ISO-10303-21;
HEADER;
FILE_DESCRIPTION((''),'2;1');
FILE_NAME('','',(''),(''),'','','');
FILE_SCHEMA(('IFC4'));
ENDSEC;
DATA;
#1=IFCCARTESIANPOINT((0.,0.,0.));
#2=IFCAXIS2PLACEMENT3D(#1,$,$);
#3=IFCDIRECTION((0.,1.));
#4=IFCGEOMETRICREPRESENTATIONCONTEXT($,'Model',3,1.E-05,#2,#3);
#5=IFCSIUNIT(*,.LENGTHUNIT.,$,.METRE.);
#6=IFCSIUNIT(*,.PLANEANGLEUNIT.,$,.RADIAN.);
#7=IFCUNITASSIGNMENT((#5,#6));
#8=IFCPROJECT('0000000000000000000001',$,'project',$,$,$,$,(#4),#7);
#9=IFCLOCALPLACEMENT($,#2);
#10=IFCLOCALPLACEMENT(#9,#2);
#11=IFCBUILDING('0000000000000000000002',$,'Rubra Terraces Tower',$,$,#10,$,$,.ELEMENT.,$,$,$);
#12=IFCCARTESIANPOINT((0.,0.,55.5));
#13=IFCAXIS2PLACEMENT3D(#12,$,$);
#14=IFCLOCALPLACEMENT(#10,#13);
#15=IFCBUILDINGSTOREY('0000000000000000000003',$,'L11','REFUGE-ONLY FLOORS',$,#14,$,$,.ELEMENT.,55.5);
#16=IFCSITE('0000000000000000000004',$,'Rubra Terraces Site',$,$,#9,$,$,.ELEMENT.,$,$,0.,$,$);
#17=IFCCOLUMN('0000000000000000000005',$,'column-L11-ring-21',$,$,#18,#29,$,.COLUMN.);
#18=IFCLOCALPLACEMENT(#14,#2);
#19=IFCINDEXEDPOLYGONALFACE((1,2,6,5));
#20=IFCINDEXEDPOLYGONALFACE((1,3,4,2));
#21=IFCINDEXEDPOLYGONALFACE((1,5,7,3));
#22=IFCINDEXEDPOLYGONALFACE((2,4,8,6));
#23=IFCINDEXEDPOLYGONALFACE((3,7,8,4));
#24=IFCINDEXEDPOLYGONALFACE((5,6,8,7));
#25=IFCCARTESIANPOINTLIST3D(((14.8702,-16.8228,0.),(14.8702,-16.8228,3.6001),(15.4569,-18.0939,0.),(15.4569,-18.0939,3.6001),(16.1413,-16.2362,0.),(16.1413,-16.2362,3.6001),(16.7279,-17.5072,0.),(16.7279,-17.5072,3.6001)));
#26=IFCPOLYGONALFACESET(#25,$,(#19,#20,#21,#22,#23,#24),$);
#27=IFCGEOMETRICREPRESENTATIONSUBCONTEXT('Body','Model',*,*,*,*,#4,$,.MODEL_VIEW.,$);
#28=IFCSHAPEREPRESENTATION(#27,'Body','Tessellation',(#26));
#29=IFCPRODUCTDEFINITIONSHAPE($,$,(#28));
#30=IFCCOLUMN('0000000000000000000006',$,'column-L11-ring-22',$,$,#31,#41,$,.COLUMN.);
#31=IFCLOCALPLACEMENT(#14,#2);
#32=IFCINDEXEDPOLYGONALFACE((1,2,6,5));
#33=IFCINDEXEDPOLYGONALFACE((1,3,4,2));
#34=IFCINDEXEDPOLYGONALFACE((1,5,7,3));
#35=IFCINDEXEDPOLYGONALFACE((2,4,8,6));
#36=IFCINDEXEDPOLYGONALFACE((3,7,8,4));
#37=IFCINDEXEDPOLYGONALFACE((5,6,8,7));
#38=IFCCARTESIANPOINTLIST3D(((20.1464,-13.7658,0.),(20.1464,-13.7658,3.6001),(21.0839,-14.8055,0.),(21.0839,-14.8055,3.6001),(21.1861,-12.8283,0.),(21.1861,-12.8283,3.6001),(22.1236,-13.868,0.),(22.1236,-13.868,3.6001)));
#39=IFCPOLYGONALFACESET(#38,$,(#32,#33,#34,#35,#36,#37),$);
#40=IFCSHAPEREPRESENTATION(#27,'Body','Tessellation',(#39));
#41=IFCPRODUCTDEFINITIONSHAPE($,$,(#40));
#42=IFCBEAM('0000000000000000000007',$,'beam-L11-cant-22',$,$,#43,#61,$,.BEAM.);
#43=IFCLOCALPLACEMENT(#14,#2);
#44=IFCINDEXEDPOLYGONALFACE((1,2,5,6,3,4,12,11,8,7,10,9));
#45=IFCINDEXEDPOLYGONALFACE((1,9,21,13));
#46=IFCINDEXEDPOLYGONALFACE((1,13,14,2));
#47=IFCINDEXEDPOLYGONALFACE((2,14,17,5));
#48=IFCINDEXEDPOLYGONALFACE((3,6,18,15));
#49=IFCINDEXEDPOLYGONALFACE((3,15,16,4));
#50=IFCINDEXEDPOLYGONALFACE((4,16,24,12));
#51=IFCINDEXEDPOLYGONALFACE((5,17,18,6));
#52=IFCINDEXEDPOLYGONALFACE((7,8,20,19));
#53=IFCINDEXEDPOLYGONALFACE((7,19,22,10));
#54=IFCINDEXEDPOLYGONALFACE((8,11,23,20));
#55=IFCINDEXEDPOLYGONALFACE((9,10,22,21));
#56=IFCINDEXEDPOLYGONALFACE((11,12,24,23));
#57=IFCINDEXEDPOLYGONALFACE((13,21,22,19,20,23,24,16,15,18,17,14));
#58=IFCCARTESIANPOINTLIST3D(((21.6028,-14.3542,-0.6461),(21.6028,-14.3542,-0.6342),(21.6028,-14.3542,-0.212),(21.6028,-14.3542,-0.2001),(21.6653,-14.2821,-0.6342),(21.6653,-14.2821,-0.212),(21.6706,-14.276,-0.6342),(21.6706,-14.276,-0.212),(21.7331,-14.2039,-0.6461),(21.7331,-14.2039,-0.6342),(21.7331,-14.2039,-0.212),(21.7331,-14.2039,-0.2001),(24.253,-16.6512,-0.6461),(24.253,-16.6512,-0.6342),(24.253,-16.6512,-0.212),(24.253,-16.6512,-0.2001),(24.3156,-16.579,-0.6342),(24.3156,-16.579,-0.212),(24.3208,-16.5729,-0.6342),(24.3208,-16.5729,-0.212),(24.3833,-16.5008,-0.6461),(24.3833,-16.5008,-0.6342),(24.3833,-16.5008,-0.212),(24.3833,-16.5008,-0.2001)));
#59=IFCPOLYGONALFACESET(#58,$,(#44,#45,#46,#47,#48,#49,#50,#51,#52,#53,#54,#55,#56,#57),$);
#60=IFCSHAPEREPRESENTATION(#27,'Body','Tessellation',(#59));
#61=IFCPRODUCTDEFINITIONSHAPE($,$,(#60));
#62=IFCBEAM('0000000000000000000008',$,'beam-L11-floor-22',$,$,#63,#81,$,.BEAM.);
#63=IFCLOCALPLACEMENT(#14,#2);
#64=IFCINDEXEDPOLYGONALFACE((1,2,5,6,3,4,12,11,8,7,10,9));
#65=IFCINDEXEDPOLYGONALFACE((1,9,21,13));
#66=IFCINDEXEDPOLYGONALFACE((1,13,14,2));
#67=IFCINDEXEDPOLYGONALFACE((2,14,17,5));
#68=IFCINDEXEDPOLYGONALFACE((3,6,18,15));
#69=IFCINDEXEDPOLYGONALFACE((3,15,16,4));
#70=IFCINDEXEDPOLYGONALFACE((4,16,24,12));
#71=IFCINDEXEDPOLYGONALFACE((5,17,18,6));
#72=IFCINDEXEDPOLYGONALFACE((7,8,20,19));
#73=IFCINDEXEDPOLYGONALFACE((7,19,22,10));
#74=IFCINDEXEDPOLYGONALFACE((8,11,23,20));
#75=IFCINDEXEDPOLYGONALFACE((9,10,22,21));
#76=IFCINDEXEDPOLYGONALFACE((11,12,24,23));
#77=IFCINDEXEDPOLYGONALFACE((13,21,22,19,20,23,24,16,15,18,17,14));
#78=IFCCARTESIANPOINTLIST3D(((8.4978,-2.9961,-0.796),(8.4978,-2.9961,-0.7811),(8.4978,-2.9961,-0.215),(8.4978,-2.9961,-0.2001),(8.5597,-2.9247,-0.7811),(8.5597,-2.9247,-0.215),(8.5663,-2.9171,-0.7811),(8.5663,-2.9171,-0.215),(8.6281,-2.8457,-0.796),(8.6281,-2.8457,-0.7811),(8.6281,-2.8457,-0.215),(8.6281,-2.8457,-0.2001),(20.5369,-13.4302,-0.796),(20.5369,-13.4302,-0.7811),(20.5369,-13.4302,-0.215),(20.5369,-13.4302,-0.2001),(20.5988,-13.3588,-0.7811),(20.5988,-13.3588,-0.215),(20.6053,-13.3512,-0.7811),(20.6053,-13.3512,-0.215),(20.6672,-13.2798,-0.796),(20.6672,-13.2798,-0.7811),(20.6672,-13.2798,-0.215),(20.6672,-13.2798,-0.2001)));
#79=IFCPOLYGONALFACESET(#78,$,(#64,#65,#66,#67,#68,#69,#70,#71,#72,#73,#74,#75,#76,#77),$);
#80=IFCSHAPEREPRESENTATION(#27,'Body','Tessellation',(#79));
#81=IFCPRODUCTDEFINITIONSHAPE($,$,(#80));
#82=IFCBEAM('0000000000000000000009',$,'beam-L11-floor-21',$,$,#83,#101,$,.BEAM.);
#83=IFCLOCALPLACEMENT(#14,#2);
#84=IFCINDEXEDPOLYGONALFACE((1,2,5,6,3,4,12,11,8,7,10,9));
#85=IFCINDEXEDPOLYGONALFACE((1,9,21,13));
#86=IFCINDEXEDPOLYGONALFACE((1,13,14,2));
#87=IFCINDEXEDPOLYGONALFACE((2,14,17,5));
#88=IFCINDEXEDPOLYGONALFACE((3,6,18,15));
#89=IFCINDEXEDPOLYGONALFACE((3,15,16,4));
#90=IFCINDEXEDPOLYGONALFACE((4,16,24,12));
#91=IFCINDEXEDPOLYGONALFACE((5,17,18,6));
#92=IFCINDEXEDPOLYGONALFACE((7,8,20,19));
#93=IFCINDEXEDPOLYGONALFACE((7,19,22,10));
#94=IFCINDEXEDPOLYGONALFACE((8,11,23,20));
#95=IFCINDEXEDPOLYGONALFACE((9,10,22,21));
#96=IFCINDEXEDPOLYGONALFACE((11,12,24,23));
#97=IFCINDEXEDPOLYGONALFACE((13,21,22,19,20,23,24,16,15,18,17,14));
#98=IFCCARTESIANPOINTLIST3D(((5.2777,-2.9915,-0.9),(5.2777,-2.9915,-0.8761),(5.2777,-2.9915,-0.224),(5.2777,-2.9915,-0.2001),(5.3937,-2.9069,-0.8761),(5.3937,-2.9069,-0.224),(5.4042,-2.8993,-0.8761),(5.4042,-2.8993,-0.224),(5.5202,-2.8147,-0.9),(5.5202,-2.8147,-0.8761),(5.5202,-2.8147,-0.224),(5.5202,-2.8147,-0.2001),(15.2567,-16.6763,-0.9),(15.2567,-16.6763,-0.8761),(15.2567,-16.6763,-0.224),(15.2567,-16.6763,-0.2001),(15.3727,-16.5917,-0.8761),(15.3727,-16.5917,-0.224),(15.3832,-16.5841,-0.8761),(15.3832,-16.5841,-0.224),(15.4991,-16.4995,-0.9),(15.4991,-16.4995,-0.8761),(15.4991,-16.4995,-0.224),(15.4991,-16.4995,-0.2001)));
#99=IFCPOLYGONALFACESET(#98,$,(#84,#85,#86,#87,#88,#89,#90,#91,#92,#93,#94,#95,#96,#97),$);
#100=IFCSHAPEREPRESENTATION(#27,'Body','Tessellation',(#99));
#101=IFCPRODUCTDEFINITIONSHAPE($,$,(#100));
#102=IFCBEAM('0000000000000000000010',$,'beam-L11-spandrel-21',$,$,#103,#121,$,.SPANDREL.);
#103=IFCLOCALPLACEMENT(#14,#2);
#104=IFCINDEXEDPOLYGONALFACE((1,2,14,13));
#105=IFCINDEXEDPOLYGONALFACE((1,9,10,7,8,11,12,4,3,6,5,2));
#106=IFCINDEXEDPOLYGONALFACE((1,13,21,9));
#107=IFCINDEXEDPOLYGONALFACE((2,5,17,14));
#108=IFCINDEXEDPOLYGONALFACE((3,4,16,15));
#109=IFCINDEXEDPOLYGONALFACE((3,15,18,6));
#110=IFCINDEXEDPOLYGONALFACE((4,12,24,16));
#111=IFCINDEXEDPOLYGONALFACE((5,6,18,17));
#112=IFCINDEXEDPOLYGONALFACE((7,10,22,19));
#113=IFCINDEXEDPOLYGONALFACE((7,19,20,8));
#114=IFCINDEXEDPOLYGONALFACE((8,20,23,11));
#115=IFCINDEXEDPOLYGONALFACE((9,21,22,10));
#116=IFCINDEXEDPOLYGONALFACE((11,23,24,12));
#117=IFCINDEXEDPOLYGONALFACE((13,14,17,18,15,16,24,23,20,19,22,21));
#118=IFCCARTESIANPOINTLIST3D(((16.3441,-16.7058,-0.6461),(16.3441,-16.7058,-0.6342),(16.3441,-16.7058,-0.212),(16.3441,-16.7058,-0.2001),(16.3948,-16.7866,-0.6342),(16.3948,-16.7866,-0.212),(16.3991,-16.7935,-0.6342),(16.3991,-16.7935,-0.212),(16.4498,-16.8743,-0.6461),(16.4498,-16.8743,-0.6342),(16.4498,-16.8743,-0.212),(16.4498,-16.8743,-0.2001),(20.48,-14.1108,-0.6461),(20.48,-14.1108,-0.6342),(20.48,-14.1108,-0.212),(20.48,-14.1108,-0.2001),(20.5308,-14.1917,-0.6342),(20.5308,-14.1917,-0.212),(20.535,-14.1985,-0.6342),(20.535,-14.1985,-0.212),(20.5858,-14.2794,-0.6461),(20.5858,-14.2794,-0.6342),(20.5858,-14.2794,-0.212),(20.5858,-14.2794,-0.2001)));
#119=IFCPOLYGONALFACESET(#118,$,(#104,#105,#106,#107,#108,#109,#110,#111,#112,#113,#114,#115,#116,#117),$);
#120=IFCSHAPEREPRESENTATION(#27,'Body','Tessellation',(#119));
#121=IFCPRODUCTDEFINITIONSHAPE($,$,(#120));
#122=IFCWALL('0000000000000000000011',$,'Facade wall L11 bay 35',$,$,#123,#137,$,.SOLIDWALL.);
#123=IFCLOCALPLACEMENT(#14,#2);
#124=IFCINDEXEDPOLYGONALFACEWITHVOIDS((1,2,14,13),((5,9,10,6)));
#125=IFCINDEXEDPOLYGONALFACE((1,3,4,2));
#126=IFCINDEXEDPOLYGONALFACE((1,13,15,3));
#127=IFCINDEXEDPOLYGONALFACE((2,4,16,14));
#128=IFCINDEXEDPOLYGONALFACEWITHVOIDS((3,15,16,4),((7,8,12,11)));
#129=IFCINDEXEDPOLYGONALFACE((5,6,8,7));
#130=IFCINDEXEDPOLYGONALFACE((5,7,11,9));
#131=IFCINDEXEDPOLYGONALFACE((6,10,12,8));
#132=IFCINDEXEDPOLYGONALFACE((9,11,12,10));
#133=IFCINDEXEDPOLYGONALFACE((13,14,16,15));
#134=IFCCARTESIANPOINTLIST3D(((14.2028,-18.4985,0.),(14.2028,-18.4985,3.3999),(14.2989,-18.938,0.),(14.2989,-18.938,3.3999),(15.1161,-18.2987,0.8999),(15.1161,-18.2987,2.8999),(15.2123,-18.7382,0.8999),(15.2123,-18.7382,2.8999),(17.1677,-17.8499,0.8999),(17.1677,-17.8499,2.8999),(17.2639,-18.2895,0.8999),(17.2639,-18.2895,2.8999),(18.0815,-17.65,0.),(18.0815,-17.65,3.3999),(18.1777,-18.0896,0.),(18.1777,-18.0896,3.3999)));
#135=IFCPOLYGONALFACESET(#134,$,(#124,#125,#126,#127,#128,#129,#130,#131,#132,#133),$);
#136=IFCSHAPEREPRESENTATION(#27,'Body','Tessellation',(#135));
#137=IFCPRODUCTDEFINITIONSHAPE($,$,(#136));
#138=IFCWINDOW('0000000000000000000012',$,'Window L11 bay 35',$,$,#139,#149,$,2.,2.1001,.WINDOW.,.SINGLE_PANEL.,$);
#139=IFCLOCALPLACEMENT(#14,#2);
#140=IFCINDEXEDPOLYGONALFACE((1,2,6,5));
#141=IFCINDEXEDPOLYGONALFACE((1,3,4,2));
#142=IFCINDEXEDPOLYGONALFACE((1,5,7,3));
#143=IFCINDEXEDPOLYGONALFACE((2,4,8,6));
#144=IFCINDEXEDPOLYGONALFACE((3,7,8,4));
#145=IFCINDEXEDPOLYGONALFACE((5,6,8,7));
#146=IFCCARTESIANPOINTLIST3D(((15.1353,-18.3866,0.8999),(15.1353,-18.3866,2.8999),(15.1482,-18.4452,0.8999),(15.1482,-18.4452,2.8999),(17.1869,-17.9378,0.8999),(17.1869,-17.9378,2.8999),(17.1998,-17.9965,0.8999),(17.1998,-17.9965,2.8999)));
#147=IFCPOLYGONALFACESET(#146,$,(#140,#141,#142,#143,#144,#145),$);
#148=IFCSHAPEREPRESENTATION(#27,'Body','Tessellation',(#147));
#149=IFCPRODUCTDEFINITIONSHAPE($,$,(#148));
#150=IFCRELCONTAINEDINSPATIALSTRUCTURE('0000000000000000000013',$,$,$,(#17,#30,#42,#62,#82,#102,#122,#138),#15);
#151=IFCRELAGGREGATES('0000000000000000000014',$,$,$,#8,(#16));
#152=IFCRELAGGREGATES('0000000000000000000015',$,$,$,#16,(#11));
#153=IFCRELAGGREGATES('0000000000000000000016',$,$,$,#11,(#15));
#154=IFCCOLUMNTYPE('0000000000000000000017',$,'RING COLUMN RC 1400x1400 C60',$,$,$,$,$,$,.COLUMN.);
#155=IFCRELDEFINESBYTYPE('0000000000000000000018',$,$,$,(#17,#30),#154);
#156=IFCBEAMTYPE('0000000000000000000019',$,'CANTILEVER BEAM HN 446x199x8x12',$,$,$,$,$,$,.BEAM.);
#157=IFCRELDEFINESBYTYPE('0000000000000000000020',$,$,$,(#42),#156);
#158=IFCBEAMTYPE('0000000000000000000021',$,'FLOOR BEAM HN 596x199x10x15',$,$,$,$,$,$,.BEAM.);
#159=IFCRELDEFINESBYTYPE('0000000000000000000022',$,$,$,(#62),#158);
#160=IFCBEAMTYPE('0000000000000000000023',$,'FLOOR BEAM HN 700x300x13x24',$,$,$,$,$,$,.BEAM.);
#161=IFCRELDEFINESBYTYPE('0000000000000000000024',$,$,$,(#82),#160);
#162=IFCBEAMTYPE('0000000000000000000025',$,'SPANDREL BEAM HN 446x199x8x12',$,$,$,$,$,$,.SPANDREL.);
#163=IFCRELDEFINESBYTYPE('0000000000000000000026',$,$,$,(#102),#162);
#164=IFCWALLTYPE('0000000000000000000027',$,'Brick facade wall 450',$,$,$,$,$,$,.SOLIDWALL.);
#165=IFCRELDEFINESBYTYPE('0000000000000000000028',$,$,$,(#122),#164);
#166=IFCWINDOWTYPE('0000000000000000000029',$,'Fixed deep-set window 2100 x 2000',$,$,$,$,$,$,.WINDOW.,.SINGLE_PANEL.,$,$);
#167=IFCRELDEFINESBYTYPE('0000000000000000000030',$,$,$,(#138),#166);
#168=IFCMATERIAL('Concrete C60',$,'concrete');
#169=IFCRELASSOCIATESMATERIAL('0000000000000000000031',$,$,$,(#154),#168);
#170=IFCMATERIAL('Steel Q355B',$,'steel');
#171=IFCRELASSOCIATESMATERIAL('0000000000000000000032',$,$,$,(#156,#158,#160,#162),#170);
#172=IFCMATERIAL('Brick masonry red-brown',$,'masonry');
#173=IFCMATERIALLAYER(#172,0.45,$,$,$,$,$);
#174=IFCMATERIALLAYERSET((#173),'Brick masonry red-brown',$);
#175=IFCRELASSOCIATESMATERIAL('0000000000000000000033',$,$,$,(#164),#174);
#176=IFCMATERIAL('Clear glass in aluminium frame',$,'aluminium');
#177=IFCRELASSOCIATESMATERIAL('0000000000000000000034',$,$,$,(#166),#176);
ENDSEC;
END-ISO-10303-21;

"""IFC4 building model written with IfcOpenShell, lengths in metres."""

from ifc_helpers import new_model, si_unit, direction, frame, frame_2d, origin, origin_2d, place, context, subcontext, project, spatial, rectangle, i_section, extrude, material, layer, layer_set, material_profile, profile_set, type_object, element, fill, save


model = new_model("IFC4")

# Units and contexts
model_context = context("Model", 3, precision=1e-05, world=origin(), true_north=direction((0.0, 1.0)))
body_context = subcontext(model_context, "Body", "Model", "MODEL_VIEW")
ifc_project = project(units=[si_unit("LENGTHUNIT", "METRE"), si_unit("PLANEANGLEUNIT", "RADIAN")], contexts=[model_context])

# Site, building, storey
site_placement = place(None, origin())
site = spatial("IfcSite", under=ifc_project, at=site_placement, Name="Rubra Terraces Site", CompositionType="ELEMENT", RefElevation=0.0)
building_placement = place(site_placement, origin())
building = spatial("IfcBuilding", under=site, at=building_placement, Name="Rubra Terraces Tower", CompositionType="ELEMENT")
storey_placement = place(building_placement, frame((0.0, 0.0, 55.5)))
storey = spatial("IfcBuildingStorey", under=building, at=storey_placement, Name="L11", Description="REFUGE-ONLY FLOORS", CompositionType="ELEMENT", Elevation=55.5)

# Columns
ifc_material_1 = material(Name="Concrete C60", Category="concrete")
ifc_material_profile_1 = material_profile(ifc_material_1, rectangle(XDim=1.3999, YDim=1.3999, at=origin_2d()), Name="RC 1400x1400")
ifc_profile_set_1 = profile_set([ifc_material_profile_1], Name="Concrete C60")
column_type = type_object("IfcColumnType", Name="RING COLUMN RC 1400x1400 C60", PredefinedType="COLUMN", material=ifc_profile_set_1)
for number, where, z_axis, x_axis, name in (
    (1, (15.7991, -17.165, 0.0), (0.0, 0.0, 1.0), (0.907952, 0.419073, 0.0), "column-L11-ring-21"),
    (2, (21.135, -13.8169, 0.0), (0.0, 0.0, 1.0), (0.742676, 0.669651, 0.0), "column-L11-ring-22"),
):
    element("IfcColumn", number, at=place(storey_placement, frame(where, z_axis=z_axis, x_axis=x_axis)), inside=storey, type_object=column_type, Name=name, PredefinedType="COLUMN", context=body_context, shape_type="SweptSolid", body=[
        extrude(rectangle(XDim=1.3999, YDim=1.3999, at=origin_2d()), origin(), (0.0, 0.0, 1.0), 3.6001),
    ])

# Beams
ifc_material_2 = material(Name="Steel Q355B", Category="steel")
ifc_material_profile_2 = material_profile(ifc_material_2, i_section(OverallWidth=0.199, OverallDepth=0.446, WebThickness=0.0081, FlangeThickness=0.012, at=origin_2d()), Name="HN 446x199x8x12")
ifc_profile_set_2 = profile_set([ifc_material_profile_2], Name="Steel Q355B")
beam_type_1 = type_object("IfcBeamType", Name="CANTILEVER BEAM HN 446x199x8x12", PredefinedType="BEAM", material=ifc_profile_set_2)
beam_1_placement = place(storey_placement, frame((21.668, -14.2791, -0.4231), z_axis=(0.755678, -0.654944, 0.0), x_axis=(0.654944, 0.755678, 0.0)))
element("IfcBeam", 3, at=beam_1_placement, inside=storey, type_object=beam_type_1, Name="beam-L11-cant-22", PredefinedType="BEAM", context=body_context, shape_type="SweptSolid", body=[
    extrude(i_section(OverallWidth=0.199, OverallDepth=0.446, WebThickness=0.0081, FlangeThickness=0.012, at=origin_2d()), origin(), (0.0, 0.0, 1.0), 3.5071),
])
ifc_material_profile_3 = material_profile(ifc_material_2, i_section(OverallWidth=0.199, OverallDepth=0.5959, WebThickness=0.01, FlangeThickness=0.0149, at=origin_2d()), Name="HN 596x199x10x15")
ifc_profile_set_3 = profile_set([ifc_material_profile_3], Name="Steel Q355B")
beam_type_2 = type_object("IfcBeamType", Name="FLOOR BEAM HN 596x199x10x15", PredefinedType="BEAM", material=ifc_profile_set_3)
beam_2_placement = place(storey_placement, frame((20.6021, -13.355, -0.498), z_axis=(-0.755682, 0.654939, 0.0), x_axis=(-0.654939, -0.755682, 0.0)))
element("IfcBeam", 4, at=beam_2_placement, inside=storey, type_object=beam_type_2, Name="beam-L11-floor-22", PredefinedType="BEAM", context=body_context, shape_type="SweptSolid", body=[
    extrude(i_section(OverallWidth=0.199, OverallDepth=0.5959, WebThickness=0.01, FlangeThickness=0.0149, at=origin_2d()), origin(), (0.0, 0.0, 1.0), 15.9314),
])
ifc_material_profile_4 = material_profile(ifc_material_2, i_section(OverallWidth=0.3, OverallDepth=0.7, WebThickness=0.0129, FlangeThickness=0.0239, at=origin_2d()), Name="HN 700x300x13x24")
ifc_profile_set_4 = profile_set([ifc_material_profile_4], Name="Steel Q355B")
beam_type_3 = type_object("IfcBeamType", Name="FLOOR BEAM HN 700x300x13x24", PredefinedType="BEAM", material=ifc_profile_set_4)
beam_3_placement = place(storey_placement, frame((15.3779, -16.5879, -0.55), z_axis=(-0.589191, 0.807994, 0.0), x_axis=(-0.807994, -0.589191, 0.0)))
element("IfcBeam", 5, at=beam_3_placement, inside=storey, type_object=beam_type_3, Name="beam-L11-floor-21", PredefinedType="BEAM", context=body_context, shape_type="SweptSolid", body=[
    extrude(i_section(OverallWidth=0.3, OverallDepth=0.7, WebThickness=0.0129, FlangeThickness=0.0239, at=origin_2d()), origin(), (0.0, 0.0, 1.0), 16.9368),
])
ifc_material_profile_5 = material_profile(ifc_material_2, i_section(OverallWidth=0.199, OverallDepth=0.446, WebThickness=0.0081, FlangeThickness=0.012, at=origin_2d()), Name="HN 446x199x8x12")
ifc_profile_set_5 = profile_set([ifc_material_profile_5], Name="Steel Q355B")
beam_type_4 = type_object("IfcBeamType", Name="SPANDREL BEAM HN 446x199x8x12", PredefinedType="SPANDREL", material=ifc_profile_set_5)
beam_4_placement = place(storey_placement, frame((16.397, -16.79, -0.4231), z_axis=(0.847078, 0.531468, 0.0), x_axis=(-0.531468, 0.847078, 0.0)))
element("IfcBeam", 6, at=beam_4_placement, inside=storey, type_object=beam_type_4, Name="beam-L11-spandrel-21", PredefinedType="SPANDREL", context=body_context, shape_type="SweptSolid", body=[
    extrude(i_section(OverallWidth=0.199, OverallDepth=0.446, WebThickness=0.0081, FlangeThickness=0.012, at=origin_2d()), origin(), (0.0, 0.0, 1.0), 4.8826),
])

# Wall, opening, window
ifc_material_3 = material(Name="Brick masonry red-brown", Category="masonry")
ifc_layer_1 = layer(ifc_material_3, 0.45)
ifc_layer_set_1 = layer_set([ifc_layer_1], Name="Brick masonry red-brown")
wall_type_1 = type_object("IfcWallType", Name="Brick facade wall 450", PredefinedType="SOLIDWALL", material=ifc_layer_set_1)
wall_1_placement = place(storey_placement, frame((14.2507, -18.7183, 0.0), z_axis=(0.0, 0.0, 1.0), x_axis=(0.976904, 0.21368, 0.0)))
wall_1 = element("IfcWall", 7, at=wall_1_placement, inside=storey, type_object=wall_type_1, Name="Facade wall L11 bay 35", PredefinedType="SOLIDWALL", context=body_context, shape_type="SweptSolid", body=[
    extrude(rectangle(XDim=3.9705, YDim=0.45, at=frame_2d((1.9854, 0.0))), origin(), (0.0, 0.0, 1.0), 3.3999),
])
opening_1_placement = place(wall_1_placement, frame((0.9351, 0.0, 0.8999)))
opening_1 = element("IfcOpeningElement", 8, at=opening_1_placement, cuts=wall_1, PredefinedType="OPENING", context=body_context, shape_type="SweptSolid", body=[
    extrude(rectangle(XDim=2.1001, YDim=2.0, at=frame_2d((1.05, 1.0))), frame((0.0, 0.2349, 0.0), z_axis=(0.0, -1.0, 0.0), x_axis=(1.0, 0.0, 0.0)), (0.0, 0.0, 1.0), 0.47),
])
ifc_material_4 = material(Name="Clear glass in aluminium frame", Category="aluminium")
window_type = type_object("IfcWindowType", Name="Fixed deep-set window 2100 x 2000", PartitioningType="SINGLE_PANEL", PredefinedType="WINDOW", material=ifc_material_4)
window_1_placement = place(opening_1_placement, origin())
window_1 = element("IfcWindow", 9, at=window_1_placement, inside=storey, type_object=window_type, Name="Window L11 bay 35", OverallHeight=2.0, OverallWidth=2.1001, PartitioningType="SINGLE_PANEL", PredefinedType="WINDOW", context=body_context, shape_type="SweptSolid", body=[
    extrude(rectangle(XDim=2.1001, YDim=2.0, at=frame_2d((1.05, 1.0))), frame((0.0, 0.135, 0.0), z_axis=(0.0, -1.0, 0.0), x_axis=(1.0, 0.0, 0.0)), (0.0, 0.0, 1.0), 0.0601),
])
fill(opening_1, window_1)

save(model, "model.ifc")
